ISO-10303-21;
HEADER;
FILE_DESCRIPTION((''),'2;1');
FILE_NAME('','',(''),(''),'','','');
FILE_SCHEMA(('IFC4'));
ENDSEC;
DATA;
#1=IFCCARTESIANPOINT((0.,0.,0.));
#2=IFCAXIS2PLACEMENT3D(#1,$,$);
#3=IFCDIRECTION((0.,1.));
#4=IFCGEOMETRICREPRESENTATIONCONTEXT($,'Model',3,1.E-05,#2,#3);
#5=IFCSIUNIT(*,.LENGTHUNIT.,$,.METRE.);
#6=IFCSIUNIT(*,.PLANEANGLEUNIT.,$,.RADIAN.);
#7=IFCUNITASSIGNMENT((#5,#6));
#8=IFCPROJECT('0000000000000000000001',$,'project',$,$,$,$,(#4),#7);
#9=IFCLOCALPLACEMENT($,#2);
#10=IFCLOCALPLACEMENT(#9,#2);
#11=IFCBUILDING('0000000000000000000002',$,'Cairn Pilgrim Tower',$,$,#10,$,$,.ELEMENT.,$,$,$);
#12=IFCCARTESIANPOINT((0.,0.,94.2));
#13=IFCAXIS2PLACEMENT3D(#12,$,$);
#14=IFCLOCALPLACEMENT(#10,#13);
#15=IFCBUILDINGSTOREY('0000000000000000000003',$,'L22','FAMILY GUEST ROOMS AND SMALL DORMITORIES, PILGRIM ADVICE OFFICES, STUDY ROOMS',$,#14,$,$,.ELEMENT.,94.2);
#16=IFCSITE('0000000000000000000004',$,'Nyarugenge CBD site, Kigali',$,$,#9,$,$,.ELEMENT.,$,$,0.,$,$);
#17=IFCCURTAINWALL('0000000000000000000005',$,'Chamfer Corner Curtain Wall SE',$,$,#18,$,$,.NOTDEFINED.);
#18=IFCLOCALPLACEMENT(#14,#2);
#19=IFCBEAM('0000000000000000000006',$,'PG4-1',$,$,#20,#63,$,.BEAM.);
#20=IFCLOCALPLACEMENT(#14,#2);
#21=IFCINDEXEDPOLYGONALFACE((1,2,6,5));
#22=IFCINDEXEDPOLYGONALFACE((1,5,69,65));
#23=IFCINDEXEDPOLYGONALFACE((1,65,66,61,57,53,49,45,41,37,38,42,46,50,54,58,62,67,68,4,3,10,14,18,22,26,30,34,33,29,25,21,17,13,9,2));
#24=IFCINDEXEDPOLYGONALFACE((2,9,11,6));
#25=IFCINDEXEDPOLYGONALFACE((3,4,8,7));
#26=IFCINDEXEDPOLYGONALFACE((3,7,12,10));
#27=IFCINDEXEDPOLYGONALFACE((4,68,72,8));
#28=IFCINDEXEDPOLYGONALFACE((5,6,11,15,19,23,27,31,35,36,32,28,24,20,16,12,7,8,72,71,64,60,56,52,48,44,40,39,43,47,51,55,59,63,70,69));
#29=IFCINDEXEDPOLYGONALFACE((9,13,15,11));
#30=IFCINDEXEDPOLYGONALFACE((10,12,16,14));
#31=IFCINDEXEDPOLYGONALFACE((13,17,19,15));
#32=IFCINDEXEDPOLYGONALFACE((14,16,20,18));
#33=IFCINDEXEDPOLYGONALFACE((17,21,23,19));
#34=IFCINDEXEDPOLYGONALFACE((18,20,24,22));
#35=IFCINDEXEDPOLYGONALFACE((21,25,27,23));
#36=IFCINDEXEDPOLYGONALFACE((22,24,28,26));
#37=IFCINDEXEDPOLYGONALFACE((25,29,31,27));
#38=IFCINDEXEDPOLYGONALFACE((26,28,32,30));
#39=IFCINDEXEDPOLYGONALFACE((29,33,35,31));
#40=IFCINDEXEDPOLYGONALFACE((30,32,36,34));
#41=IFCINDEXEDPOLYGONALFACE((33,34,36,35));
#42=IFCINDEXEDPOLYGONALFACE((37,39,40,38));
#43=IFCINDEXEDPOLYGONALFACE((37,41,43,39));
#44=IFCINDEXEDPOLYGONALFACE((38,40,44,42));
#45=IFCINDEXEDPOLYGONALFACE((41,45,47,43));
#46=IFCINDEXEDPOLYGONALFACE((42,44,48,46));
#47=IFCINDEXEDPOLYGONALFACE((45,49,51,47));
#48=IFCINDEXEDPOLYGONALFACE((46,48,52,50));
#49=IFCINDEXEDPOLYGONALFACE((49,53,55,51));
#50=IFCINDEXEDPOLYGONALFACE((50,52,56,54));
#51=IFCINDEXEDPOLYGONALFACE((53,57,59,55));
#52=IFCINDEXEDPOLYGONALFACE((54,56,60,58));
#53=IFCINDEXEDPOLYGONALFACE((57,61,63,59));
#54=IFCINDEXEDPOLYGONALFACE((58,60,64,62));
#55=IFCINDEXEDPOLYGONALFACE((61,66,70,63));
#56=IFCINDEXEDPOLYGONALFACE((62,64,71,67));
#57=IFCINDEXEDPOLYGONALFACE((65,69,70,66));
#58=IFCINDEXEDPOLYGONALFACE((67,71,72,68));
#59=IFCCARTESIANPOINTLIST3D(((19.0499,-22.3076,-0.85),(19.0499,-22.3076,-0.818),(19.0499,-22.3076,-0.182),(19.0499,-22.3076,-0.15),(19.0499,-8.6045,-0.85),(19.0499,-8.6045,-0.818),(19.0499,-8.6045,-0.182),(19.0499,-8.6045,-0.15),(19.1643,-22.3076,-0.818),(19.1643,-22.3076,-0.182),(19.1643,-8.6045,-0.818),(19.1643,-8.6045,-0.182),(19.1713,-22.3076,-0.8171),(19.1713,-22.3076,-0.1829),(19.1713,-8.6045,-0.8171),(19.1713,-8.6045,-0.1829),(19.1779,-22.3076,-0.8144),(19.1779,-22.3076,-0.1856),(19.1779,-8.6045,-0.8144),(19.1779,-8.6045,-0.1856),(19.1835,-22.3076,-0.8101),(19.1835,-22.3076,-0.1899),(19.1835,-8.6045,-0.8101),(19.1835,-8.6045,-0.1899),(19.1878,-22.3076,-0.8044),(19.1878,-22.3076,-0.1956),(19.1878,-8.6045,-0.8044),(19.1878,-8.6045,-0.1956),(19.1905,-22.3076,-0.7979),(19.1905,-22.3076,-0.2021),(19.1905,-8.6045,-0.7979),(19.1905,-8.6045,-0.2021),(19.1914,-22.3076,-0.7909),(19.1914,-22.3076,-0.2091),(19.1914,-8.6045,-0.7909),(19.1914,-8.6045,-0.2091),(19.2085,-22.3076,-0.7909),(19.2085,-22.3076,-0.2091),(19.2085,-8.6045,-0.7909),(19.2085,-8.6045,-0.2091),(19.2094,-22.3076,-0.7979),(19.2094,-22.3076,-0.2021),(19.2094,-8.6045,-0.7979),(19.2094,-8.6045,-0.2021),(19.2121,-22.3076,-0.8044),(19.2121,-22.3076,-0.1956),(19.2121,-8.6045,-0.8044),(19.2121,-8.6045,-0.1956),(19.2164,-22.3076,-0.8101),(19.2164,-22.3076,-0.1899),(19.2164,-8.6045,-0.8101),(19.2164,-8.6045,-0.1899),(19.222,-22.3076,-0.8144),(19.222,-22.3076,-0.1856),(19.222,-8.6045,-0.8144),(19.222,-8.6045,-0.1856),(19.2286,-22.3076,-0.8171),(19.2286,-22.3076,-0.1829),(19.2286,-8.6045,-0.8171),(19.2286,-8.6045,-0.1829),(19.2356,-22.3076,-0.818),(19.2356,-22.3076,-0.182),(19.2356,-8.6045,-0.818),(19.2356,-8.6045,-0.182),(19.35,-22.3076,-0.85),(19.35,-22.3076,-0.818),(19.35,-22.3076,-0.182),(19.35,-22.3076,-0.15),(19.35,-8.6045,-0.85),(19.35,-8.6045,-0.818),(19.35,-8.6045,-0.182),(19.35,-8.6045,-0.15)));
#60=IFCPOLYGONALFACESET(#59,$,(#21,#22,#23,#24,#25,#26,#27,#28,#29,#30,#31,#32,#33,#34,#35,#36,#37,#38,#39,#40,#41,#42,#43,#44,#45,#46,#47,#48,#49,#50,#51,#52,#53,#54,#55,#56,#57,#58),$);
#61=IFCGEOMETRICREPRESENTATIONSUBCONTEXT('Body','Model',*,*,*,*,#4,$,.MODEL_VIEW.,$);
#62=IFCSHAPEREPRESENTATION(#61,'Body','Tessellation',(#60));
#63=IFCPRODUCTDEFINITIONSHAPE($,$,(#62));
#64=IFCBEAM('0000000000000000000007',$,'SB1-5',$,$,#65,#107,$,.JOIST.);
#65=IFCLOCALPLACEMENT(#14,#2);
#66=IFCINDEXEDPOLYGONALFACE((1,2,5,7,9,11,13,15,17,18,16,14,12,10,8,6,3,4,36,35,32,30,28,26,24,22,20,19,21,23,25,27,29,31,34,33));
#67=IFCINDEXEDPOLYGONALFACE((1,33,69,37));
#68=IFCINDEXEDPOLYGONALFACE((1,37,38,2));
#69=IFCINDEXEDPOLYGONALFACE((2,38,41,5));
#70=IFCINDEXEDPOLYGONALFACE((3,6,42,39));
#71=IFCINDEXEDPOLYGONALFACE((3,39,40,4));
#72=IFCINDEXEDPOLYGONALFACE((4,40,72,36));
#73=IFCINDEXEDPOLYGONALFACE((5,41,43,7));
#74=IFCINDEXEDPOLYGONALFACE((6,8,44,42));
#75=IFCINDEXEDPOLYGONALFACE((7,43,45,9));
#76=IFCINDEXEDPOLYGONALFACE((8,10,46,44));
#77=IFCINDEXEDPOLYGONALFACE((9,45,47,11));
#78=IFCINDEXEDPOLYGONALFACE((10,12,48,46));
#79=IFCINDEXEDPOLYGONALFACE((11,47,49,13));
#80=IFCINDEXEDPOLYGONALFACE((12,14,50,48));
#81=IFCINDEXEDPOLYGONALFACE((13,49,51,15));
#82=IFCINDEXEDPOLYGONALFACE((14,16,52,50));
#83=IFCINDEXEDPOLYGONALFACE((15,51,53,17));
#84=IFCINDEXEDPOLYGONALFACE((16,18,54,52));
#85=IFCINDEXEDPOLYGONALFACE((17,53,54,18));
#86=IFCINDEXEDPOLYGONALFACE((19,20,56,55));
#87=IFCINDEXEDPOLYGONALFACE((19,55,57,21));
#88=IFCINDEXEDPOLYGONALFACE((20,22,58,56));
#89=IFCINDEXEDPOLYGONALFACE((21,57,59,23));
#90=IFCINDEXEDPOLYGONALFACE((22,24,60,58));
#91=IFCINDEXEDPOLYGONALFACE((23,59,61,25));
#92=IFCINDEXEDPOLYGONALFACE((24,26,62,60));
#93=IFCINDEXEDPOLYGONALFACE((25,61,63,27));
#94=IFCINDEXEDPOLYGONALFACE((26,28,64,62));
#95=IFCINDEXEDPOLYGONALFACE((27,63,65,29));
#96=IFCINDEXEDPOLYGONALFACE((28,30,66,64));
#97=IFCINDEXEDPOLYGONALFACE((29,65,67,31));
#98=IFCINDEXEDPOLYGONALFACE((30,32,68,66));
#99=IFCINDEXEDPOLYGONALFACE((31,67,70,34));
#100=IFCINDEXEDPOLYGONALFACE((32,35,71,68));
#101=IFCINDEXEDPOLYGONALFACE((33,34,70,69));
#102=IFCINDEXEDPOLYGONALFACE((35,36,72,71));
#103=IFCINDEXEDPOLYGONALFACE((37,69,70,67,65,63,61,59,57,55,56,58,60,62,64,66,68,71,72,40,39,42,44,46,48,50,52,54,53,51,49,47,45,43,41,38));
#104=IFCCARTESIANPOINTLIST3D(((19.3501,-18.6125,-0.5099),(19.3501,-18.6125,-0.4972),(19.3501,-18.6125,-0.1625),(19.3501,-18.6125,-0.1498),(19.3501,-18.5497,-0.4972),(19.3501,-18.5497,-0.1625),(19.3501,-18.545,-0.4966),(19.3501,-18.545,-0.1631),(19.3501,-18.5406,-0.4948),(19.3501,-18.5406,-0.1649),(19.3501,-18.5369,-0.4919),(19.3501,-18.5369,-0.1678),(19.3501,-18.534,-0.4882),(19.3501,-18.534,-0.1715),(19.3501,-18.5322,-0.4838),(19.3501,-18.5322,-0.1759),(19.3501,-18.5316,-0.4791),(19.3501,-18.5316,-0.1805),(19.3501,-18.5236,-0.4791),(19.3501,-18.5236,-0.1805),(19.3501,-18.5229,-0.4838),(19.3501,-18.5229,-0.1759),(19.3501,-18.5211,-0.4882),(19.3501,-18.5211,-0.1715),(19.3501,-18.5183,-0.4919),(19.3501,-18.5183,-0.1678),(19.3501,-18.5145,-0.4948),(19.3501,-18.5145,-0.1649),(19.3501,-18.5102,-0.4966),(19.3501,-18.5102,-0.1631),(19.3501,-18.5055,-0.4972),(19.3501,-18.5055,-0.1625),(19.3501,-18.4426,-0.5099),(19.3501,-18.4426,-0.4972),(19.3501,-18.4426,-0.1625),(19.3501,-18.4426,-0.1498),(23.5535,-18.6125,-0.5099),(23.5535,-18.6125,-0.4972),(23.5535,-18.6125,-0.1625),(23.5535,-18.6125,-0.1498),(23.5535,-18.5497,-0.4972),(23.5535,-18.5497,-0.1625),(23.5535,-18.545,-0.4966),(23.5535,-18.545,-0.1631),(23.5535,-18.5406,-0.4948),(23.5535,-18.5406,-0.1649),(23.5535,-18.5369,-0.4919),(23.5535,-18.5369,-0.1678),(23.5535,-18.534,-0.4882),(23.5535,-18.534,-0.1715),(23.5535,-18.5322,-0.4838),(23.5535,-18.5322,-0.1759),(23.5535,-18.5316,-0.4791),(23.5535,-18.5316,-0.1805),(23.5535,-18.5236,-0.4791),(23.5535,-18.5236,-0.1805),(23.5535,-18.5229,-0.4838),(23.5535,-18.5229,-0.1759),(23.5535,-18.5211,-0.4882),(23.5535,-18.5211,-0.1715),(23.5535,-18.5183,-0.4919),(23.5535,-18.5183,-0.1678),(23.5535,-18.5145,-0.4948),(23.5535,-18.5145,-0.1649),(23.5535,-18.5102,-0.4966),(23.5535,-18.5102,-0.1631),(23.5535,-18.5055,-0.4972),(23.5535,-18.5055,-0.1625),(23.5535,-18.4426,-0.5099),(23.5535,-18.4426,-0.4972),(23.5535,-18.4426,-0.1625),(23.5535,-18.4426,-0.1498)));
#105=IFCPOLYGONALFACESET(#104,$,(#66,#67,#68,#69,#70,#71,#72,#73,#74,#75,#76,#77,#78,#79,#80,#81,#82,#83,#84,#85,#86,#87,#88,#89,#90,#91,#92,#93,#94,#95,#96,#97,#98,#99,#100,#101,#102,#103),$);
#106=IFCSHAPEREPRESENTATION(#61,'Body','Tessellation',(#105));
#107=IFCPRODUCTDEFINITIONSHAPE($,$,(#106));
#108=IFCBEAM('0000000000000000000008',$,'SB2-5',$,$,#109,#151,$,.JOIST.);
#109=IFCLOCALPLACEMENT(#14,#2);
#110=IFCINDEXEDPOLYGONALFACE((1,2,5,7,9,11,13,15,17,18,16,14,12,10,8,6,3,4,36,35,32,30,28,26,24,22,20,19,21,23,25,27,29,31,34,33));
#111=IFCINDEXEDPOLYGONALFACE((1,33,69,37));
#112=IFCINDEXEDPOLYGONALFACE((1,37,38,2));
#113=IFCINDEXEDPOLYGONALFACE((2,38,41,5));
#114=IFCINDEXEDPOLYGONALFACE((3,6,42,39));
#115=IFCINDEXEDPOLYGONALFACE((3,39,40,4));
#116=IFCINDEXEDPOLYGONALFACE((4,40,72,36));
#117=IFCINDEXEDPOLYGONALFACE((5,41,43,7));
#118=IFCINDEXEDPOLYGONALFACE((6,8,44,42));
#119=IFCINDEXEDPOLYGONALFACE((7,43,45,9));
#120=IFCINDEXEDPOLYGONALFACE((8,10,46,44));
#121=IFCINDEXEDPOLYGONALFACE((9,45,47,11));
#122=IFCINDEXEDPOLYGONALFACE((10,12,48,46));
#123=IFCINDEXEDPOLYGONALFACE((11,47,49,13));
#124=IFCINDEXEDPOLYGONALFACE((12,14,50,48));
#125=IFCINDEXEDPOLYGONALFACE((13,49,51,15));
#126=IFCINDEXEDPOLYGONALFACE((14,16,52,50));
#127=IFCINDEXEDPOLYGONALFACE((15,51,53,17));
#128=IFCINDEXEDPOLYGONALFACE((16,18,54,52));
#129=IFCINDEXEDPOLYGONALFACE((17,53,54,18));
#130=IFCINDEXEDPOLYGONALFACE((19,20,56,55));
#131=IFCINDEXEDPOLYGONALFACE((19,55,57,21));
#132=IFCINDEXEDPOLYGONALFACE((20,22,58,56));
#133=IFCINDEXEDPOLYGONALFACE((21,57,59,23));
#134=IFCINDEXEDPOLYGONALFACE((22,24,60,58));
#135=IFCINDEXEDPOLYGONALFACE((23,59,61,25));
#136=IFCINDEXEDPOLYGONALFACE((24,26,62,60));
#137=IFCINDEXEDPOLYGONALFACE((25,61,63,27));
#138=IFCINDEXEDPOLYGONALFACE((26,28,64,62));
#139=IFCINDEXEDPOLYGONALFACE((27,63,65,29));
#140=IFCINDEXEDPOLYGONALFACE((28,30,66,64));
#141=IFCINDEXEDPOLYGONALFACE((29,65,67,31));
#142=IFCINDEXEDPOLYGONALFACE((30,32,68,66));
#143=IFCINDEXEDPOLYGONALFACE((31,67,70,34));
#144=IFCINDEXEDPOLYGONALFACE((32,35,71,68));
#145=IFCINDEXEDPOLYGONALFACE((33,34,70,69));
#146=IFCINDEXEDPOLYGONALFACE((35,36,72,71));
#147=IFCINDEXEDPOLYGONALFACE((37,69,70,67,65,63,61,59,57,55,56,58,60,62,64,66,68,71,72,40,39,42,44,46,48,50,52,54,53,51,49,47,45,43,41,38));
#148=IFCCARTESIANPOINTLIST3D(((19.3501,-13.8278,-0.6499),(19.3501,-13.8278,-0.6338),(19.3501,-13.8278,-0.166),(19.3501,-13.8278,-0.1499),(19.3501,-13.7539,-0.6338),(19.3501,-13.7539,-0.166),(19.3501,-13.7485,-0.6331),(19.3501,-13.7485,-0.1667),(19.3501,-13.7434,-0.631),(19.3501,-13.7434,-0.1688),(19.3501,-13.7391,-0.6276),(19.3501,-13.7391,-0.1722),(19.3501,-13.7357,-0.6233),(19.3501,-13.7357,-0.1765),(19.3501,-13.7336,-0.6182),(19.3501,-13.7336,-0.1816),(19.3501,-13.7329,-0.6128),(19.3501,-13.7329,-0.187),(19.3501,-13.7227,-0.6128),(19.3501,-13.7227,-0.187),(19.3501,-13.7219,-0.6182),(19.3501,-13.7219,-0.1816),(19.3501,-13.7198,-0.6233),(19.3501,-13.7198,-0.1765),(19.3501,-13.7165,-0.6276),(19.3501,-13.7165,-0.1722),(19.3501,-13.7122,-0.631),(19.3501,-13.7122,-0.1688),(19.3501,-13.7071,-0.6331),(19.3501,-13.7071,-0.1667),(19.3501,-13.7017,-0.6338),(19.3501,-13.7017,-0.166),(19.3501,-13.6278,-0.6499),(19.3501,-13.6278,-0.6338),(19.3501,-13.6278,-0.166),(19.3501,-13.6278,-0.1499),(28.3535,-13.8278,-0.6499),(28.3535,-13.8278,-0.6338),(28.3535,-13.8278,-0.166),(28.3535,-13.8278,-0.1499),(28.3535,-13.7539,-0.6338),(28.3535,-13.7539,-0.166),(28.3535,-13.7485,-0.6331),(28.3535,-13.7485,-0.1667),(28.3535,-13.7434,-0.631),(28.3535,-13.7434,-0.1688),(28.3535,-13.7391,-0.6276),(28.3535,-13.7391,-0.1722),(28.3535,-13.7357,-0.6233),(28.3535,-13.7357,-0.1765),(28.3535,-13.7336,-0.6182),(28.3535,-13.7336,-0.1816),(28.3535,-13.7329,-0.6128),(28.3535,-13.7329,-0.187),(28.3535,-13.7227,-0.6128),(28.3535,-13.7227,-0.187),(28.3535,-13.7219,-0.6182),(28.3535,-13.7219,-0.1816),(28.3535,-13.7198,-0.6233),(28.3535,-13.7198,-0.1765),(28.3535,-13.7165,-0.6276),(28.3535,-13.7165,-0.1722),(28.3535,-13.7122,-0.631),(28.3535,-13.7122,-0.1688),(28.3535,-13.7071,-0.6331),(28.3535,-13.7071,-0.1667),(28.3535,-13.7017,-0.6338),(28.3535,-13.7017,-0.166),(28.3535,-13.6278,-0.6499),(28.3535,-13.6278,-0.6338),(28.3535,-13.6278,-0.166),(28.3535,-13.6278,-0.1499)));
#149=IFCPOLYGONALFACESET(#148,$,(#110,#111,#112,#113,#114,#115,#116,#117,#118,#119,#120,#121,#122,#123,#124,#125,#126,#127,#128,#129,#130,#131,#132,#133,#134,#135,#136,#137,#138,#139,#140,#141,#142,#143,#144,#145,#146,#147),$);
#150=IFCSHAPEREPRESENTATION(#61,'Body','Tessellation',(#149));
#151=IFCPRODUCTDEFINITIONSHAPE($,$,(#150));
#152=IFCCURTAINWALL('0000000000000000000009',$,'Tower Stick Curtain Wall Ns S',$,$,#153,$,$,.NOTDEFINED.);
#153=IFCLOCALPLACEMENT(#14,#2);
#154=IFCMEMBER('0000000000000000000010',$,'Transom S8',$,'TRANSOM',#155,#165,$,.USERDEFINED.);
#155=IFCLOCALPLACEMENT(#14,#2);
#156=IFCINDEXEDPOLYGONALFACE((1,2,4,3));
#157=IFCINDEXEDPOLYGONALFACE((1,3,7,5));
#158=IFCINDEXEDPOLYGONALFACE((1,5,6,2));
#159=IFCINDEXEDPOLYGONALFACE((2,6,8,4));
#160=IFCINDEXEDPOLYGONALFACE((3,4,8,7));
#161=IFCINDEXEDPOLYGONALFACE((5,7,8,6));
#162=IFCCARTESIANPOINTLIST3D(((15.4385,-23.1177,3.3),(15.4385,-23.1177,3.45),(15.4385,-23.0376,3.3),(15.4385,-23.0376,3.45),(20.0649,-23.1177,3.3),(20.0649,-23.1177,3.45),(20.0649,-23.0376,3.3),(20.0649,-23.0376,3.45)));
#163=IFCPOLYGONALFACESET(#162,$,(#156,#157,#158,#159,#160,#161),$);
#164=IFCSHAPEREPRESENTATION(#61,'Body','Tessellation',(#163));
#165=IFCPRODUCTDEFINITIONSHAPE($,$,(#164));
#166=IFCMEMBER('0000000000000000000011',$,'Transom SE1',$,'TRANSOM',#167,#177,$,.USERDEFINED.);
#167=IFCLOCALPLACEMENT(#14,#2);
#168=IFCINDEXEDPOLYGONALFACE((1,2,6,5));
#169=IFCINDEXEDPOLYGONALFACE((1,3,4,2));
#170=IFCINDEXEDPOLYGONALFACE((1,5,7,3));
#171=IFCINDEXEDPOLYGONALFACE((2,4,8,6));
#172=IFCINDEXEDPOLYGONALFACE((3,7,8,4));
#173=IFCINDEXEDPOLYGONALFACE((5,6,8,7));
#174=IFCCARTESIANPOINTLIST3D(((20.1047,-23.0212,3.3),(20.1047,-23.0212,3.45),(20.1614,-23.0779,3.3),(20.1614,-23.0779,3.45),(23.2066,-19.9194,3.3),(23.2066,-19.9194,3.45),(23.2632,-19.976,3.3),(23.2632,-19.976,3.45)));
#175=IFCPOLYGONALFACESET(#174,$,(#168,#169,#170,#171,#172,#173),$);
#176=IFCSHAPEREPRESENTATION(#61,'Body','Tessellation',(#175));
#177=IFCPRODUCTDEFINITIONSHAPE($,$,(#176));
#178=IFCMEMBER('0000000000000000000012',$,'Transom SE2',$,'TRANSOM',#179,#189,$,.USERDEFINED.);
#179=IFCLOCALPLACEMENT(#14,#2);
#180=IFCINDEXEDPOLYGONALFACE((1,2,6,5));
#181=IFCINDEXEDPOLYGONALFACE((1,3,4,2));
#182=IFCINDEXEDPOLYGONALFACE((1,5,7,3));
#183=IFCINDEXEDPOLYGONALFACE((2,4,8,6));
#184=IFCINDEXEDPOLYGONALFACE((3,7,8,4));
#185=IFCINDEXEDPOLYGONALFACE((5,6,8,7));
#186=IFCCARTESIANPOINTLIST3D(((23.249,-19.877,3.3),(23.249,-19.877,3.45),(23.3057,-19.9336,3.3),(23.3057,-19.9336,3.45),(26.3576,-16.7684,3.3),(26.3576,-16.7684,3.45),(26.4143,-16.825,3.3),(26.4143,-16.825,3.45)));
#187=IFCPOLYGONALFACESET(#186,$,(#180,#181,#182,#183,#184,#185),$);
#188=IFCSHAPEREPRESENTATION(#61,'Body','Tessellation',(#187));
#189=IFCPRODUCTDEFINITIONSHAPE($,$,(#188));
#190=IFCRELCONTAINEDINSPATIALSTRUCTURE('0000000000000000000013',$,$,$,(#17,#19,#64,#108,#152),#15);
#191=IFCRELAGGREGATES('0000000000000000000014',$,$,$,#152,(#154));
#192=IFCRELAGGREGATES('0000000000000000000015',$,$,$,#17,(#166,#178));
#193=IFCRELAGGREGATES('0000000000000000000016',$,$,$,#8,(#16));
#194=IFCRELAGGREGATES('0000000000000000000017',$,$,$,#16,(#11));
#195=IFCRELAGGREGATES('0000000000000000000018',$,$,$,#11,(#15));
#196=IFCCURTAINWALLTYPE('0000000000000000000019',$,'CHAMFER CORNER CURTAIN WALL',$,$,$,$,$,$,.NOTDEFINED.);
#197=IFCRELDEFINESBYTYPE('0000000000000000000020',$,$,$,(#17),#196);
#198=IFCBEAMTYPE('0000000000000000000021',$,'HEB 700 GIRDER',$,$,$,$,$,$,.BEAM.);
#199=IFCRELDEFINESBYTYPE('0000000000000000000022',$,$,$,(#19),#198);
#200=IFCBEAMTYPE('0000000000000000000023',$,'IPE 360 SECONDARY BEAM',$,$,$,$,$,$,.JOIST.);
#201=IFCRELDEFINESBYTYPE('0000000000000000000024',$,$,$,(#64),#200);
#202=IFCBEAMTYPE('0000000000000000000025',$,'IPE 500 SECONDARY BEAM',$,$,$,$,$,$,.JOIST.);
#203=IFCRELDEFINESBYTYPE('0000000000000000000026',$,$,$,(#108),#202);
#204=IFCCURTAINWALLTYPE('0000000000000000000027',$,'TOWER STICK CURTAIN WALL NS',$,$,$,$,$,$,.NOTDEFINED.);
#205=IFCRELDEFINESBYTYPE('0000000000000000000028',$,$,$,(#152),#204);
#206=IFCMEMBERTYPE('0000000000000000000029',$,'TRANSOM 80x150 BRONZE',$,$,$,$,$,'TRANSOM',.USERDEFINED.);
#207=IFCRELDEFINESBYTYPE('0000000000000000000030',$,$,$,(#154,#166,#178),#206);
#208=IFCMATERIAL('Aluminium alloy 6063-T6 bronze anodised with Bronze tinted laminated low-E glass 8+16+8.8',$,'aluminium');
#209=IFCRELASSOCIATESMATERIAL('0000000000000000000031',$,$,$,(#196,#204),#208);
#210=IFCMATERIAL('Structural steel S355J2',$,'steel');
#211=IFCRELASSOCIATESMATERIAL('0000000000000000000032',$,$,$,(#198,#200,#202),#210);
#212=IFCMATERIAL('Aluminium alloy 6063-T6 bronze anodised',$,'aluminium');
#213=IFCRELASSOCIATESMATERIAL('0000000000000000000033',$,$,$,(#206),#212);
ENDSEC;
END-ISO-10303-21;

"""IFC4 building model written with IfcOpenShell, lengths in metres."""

from ifc_helpers import new_model, si_unit, direction, frame, origin, origin_2d, place, context, subcontext, project, spatial, rectangle, i_section, extrude, material, material_profile, profile_set, type_object, element, aggregate, save


model = new_model("IFC4")

# Units and contexts
model_context = context("Model", 3, precision=1e-05, world=origin(), true_north=direction((0.0, 1.0)))
body_context = subcontext(model_context, "Body", "Model", "MODEL_VIEW")
ifc_project = project(units=[si_unit("LENGTHUNIT", "METRE"), si_unit("PLANEANGLEUNIT", "RADIAN")], contexts=[model_context])

# Site, building, storey
site_placement = place(None, origin())
site = spatial("IfcSite", under=ifc_project, at=site_placement, Name="Nyarugenge CBD site, Kigali", CompositionType="ELEMENT", RefElevation=0.0)
building_placement = place(site_placement, origin())
building = spatial("IfcBuilding", under=site, at=building_placement, Name="Cairn Pilgrim Tower", CompositionType="ELEMENT")
storey_placement = place(building_placement, frame((0.0, 0.0, 94.2)))
storey = spatial("IfcBuildingStorey", under=building, at=storey_placement, Name="L22", Description="FAMILY GUEST ROOMS AND SMALL DORMITORIES, PILGRIM ADVICE OFFICES, STUDY ROOMS", CompositionType="ELEMENT", Elevation=94.2)

# Shared definitions
ifc_material_1 = material(Name="Structural steel S355J2", Category="steel")

# Curtain wall
ifc_material_2 = material(Name="Aluminium alloy 6063-T6 bronze anodised with Bronze tinted laminated low-E glass 8+16+8.8", Category="aluminium")
curtain_wall_type_1 = type_object("IfcCurtainWallType", Name="CHAMFER CORNER CURTAIN WALL", PredefinedType="NOTDEFINED", material=ifc_material_2)
curtain_wall_1_placement = place(storey_placement, origin())
curtain_wall_1 = element("IfcCurtainWall", 1, at=curtain_wall_1_placement, inside=storey, type_object=curtain_wall_type_1, Name="Chamfer Corner Curtain Wall SE", PredefinedType="NOTDEFINED")
ifc_material_3 = material(Name="Aluminium alloy 6063-T6 bronze anodised", Category="aluminium")

# Beams
ifc_material_profile_1 = material_profile(ifc_material_1, i_section(OverallWidth=0.3, OverallDepth=0.7, WebThickness=0.0171, FlangeThickness=0.032, FilletRadius=0.0271, at=origin_2d()), Name="HEB 700")
ifc_profile_set_1 = profile_set([ifc_material_profile_1], Name="Structural steel S355J2")
beam_type_1 = type_object("IfcBeamType", Name="HEB 700 GIRDER", PredefinedType="BEAM", material=ifc_profile_set_1)
beam_1_placement = place(storey_placement, frame((19.2, -22.3076, -0.5), z_axis=(0.0, 1.0, 0.0), x_axis=(-1.0, 0.0, 0.0)))
element("IfcBeam", 2, at=beam_1_placement, inside=storey, type_object=beam_type_1, Name="PG4-1", PredefinedType="BEAM", context=body_context, shape_type="SweptSolid", body=[
    extrude(i_section(OverallWidth=0.3, OverallDepth=0.7, WebThickness=0.0171, FlangeThickness=0.032, FilletRadius=0.0271, at=origin_2d()), origin(), (0.0, 0.0, 1.0), 13.7031),
])
ifc_material_profile_2 = material_profile(ifc_material_1, i_section(OverallWidth=0.1699, OverallDepth=0.3601, WebThickness=0.0081, FlangeThickness=0.0127, FilletRadius=0.0181, at=origin_2d()), Name="IPE 360")
ifc_profile_set_2 = profile_set([ifc_material_profile_2], Name="Structural steel S355J2")
beam_type_2 = type_object("IfcBeamType", Name="IPE 360 SECONDARY BEAM", PredefinedType="JOIST", material=ifc_profile_set_2)
beam_2_placement = place(storey_placement, frame((19.3501, -18.5276, -0.3298), z_axis=(1.0, 0.0, 0.0), x_axis=(0.0, 1.0, 0.0)))
element("IfcBeam", 3, at=beam_2_placement, inside=storey, type_object=beam_type_2, Name="SB1-5", PredefinedType="JOIST", context=body_context, shape_type="SweptSolid", body=[
    extrude(i_section(OverallWidth=0.1699, OverallDepth=0.3601, WebThickness=0.0081, FlangeThickness=0.0127, FilletRadius=0.0181, at=origin_2d()), origin(), (0.0, 0.0, 1.0), 4.2034),
])
ifc_material_profile_3 = material_profile(ifc_material_1, i_section(OverallWidth=0.2, OverallDepth=0.5, WebThickness=0.0103, FlangeThickness=0.0161, FilletRadius=0.021, at=origin_2d()), Name="IPE 500")
ifc_profile_set_3 = profile_set([ifc_material_profile_3], Name="Structural steel S355J2")
beam_type_3 = type_object("IfcBeamType", Name="IPE 500 SECONDARY BEAM", PredefinedType="JOIST", material=ifc_profile_set_3)
beam_3_placement = place(storey_placement, frame((19.3501, -13.7278, -0.3999), z_axis=(1.0, 0.0, 0.0), x_axis=(0.0, 1.0, 0.0)))
element("IfcBeam", 4, at=beam_3_placement, inside=storey, type_object=beam_type_3, Name="SB2-5", PredefinedType="JOIST", context=body_context, shape_type="SweptSolid", body=[
    extrude(i_section(OverallWidth=0.2, OverallDepth=0.5, WebThickness=0.0103, FlangeThickness=0.0161, FilletRadius=0.021, at=origin_2d()), origin(), (0.0, 0.0, 1.0), 9.0034),
])

# Curtain wall, member
curtain_wall_type_2 = type_object("IfcCurtainWallType", Name="TOWER STICK CURTAIN WALL NS", PredefinedType="NOTDEFINED", material=ifc_material_2)
curtain_wall_2_placement = place(storey_placement, origin())
curtain_wall_2 = element("IfcCurtainWall", 5, at=curtain_wall_2_placement, inside=storey, type_object=curtain_wall_type_2, Name="Tower Stick Curtain Wall Ns S", PredefinedType="NOTDEFINED")
ifc_material_profile_4 = material_profile(ifc_material_3, rectangle(XDim=0.0801, YDim=0.1499, at=origin_2d()), Name="TRANSOM 80x150 BRONZE")
ifc_profile_set_4 = profile_set([ifc_material_profile_4], Name="Aluminium alloy 6063-T6 bronze anodised")
member_type_1 = type_object("IfcMemberType", Name="TRANSOM 80x150 BRONZE", ElementType="TRANSOM", PredefinedType="USERDEFINED", material=ifc_profile_set_4)
member_1_placement = place(storey_placement, frame((15.4385, -23.0776, 3.375), z_axis=(1.0, 0.0, 0.0), x_axis=(0.0, 1.0, 0.0)))
member_1 = element("IfcMember", 6, at=member_1_placement, type_object=member_type_1, Name="Transom S8", ObjectType="TRANSOM", PredefinedType="USERDEFINED", context=body_context, shape_type="SweptSolid", body=[
    extrude(rectangle(XDim=0.0801, YDim=0.1499, at=origin_2d()), origin(), (0.0, 0.0, 1.0), 4.6265),
])

# Members
member_2_placement = place(storey_placement, frame((20.1331, -23.0496, 3.375), z_axis=(0.707107, 0.707107, 0.0), x_axis=(-0.707107, 0.707107, 0.0)))
member_2 = element("IfcMember", 7, at=member_2_placement, type_object=member_type_1, Name="Transom SE1", ObjectType="TRANSOM", PredefinedType="USERDEFINED", context=body_context, shape_type="SweptSolid", body=[
    extrude(rectangle(XDim=0.0801, YDim=0.1499, at=origin_2d()), origin(), (0.0, 0.0, 1.0), 4.3867),
])
member_3_placement = place(storey_placement, frame((23.2773, -19.9053, 3.375), z_axis=(0.707107, 0.707107, 0.0), x_axis=(-0.707107, 0.707107, 0.0)))
member_3 = element("IfcMember", 8, at=member_3_placement, type_object=member_type_1, Name="Transom SE2", ObjectType="TRANSOM", PredefinedType="USERDEFINED", context=body_context, shape_type="SweptSolid", body=[
    extrude(rectangle(XDim=0.0801, YDim=0.1499, at=origin_2d()), origin(), (0.0, 0.0, 1.0), 4.3962),
])

aggregate(curtain_wall_2, [member_1])
aggregate(curtain_wall_1, [member_2, member_3])

save(model, "model.ifc")
